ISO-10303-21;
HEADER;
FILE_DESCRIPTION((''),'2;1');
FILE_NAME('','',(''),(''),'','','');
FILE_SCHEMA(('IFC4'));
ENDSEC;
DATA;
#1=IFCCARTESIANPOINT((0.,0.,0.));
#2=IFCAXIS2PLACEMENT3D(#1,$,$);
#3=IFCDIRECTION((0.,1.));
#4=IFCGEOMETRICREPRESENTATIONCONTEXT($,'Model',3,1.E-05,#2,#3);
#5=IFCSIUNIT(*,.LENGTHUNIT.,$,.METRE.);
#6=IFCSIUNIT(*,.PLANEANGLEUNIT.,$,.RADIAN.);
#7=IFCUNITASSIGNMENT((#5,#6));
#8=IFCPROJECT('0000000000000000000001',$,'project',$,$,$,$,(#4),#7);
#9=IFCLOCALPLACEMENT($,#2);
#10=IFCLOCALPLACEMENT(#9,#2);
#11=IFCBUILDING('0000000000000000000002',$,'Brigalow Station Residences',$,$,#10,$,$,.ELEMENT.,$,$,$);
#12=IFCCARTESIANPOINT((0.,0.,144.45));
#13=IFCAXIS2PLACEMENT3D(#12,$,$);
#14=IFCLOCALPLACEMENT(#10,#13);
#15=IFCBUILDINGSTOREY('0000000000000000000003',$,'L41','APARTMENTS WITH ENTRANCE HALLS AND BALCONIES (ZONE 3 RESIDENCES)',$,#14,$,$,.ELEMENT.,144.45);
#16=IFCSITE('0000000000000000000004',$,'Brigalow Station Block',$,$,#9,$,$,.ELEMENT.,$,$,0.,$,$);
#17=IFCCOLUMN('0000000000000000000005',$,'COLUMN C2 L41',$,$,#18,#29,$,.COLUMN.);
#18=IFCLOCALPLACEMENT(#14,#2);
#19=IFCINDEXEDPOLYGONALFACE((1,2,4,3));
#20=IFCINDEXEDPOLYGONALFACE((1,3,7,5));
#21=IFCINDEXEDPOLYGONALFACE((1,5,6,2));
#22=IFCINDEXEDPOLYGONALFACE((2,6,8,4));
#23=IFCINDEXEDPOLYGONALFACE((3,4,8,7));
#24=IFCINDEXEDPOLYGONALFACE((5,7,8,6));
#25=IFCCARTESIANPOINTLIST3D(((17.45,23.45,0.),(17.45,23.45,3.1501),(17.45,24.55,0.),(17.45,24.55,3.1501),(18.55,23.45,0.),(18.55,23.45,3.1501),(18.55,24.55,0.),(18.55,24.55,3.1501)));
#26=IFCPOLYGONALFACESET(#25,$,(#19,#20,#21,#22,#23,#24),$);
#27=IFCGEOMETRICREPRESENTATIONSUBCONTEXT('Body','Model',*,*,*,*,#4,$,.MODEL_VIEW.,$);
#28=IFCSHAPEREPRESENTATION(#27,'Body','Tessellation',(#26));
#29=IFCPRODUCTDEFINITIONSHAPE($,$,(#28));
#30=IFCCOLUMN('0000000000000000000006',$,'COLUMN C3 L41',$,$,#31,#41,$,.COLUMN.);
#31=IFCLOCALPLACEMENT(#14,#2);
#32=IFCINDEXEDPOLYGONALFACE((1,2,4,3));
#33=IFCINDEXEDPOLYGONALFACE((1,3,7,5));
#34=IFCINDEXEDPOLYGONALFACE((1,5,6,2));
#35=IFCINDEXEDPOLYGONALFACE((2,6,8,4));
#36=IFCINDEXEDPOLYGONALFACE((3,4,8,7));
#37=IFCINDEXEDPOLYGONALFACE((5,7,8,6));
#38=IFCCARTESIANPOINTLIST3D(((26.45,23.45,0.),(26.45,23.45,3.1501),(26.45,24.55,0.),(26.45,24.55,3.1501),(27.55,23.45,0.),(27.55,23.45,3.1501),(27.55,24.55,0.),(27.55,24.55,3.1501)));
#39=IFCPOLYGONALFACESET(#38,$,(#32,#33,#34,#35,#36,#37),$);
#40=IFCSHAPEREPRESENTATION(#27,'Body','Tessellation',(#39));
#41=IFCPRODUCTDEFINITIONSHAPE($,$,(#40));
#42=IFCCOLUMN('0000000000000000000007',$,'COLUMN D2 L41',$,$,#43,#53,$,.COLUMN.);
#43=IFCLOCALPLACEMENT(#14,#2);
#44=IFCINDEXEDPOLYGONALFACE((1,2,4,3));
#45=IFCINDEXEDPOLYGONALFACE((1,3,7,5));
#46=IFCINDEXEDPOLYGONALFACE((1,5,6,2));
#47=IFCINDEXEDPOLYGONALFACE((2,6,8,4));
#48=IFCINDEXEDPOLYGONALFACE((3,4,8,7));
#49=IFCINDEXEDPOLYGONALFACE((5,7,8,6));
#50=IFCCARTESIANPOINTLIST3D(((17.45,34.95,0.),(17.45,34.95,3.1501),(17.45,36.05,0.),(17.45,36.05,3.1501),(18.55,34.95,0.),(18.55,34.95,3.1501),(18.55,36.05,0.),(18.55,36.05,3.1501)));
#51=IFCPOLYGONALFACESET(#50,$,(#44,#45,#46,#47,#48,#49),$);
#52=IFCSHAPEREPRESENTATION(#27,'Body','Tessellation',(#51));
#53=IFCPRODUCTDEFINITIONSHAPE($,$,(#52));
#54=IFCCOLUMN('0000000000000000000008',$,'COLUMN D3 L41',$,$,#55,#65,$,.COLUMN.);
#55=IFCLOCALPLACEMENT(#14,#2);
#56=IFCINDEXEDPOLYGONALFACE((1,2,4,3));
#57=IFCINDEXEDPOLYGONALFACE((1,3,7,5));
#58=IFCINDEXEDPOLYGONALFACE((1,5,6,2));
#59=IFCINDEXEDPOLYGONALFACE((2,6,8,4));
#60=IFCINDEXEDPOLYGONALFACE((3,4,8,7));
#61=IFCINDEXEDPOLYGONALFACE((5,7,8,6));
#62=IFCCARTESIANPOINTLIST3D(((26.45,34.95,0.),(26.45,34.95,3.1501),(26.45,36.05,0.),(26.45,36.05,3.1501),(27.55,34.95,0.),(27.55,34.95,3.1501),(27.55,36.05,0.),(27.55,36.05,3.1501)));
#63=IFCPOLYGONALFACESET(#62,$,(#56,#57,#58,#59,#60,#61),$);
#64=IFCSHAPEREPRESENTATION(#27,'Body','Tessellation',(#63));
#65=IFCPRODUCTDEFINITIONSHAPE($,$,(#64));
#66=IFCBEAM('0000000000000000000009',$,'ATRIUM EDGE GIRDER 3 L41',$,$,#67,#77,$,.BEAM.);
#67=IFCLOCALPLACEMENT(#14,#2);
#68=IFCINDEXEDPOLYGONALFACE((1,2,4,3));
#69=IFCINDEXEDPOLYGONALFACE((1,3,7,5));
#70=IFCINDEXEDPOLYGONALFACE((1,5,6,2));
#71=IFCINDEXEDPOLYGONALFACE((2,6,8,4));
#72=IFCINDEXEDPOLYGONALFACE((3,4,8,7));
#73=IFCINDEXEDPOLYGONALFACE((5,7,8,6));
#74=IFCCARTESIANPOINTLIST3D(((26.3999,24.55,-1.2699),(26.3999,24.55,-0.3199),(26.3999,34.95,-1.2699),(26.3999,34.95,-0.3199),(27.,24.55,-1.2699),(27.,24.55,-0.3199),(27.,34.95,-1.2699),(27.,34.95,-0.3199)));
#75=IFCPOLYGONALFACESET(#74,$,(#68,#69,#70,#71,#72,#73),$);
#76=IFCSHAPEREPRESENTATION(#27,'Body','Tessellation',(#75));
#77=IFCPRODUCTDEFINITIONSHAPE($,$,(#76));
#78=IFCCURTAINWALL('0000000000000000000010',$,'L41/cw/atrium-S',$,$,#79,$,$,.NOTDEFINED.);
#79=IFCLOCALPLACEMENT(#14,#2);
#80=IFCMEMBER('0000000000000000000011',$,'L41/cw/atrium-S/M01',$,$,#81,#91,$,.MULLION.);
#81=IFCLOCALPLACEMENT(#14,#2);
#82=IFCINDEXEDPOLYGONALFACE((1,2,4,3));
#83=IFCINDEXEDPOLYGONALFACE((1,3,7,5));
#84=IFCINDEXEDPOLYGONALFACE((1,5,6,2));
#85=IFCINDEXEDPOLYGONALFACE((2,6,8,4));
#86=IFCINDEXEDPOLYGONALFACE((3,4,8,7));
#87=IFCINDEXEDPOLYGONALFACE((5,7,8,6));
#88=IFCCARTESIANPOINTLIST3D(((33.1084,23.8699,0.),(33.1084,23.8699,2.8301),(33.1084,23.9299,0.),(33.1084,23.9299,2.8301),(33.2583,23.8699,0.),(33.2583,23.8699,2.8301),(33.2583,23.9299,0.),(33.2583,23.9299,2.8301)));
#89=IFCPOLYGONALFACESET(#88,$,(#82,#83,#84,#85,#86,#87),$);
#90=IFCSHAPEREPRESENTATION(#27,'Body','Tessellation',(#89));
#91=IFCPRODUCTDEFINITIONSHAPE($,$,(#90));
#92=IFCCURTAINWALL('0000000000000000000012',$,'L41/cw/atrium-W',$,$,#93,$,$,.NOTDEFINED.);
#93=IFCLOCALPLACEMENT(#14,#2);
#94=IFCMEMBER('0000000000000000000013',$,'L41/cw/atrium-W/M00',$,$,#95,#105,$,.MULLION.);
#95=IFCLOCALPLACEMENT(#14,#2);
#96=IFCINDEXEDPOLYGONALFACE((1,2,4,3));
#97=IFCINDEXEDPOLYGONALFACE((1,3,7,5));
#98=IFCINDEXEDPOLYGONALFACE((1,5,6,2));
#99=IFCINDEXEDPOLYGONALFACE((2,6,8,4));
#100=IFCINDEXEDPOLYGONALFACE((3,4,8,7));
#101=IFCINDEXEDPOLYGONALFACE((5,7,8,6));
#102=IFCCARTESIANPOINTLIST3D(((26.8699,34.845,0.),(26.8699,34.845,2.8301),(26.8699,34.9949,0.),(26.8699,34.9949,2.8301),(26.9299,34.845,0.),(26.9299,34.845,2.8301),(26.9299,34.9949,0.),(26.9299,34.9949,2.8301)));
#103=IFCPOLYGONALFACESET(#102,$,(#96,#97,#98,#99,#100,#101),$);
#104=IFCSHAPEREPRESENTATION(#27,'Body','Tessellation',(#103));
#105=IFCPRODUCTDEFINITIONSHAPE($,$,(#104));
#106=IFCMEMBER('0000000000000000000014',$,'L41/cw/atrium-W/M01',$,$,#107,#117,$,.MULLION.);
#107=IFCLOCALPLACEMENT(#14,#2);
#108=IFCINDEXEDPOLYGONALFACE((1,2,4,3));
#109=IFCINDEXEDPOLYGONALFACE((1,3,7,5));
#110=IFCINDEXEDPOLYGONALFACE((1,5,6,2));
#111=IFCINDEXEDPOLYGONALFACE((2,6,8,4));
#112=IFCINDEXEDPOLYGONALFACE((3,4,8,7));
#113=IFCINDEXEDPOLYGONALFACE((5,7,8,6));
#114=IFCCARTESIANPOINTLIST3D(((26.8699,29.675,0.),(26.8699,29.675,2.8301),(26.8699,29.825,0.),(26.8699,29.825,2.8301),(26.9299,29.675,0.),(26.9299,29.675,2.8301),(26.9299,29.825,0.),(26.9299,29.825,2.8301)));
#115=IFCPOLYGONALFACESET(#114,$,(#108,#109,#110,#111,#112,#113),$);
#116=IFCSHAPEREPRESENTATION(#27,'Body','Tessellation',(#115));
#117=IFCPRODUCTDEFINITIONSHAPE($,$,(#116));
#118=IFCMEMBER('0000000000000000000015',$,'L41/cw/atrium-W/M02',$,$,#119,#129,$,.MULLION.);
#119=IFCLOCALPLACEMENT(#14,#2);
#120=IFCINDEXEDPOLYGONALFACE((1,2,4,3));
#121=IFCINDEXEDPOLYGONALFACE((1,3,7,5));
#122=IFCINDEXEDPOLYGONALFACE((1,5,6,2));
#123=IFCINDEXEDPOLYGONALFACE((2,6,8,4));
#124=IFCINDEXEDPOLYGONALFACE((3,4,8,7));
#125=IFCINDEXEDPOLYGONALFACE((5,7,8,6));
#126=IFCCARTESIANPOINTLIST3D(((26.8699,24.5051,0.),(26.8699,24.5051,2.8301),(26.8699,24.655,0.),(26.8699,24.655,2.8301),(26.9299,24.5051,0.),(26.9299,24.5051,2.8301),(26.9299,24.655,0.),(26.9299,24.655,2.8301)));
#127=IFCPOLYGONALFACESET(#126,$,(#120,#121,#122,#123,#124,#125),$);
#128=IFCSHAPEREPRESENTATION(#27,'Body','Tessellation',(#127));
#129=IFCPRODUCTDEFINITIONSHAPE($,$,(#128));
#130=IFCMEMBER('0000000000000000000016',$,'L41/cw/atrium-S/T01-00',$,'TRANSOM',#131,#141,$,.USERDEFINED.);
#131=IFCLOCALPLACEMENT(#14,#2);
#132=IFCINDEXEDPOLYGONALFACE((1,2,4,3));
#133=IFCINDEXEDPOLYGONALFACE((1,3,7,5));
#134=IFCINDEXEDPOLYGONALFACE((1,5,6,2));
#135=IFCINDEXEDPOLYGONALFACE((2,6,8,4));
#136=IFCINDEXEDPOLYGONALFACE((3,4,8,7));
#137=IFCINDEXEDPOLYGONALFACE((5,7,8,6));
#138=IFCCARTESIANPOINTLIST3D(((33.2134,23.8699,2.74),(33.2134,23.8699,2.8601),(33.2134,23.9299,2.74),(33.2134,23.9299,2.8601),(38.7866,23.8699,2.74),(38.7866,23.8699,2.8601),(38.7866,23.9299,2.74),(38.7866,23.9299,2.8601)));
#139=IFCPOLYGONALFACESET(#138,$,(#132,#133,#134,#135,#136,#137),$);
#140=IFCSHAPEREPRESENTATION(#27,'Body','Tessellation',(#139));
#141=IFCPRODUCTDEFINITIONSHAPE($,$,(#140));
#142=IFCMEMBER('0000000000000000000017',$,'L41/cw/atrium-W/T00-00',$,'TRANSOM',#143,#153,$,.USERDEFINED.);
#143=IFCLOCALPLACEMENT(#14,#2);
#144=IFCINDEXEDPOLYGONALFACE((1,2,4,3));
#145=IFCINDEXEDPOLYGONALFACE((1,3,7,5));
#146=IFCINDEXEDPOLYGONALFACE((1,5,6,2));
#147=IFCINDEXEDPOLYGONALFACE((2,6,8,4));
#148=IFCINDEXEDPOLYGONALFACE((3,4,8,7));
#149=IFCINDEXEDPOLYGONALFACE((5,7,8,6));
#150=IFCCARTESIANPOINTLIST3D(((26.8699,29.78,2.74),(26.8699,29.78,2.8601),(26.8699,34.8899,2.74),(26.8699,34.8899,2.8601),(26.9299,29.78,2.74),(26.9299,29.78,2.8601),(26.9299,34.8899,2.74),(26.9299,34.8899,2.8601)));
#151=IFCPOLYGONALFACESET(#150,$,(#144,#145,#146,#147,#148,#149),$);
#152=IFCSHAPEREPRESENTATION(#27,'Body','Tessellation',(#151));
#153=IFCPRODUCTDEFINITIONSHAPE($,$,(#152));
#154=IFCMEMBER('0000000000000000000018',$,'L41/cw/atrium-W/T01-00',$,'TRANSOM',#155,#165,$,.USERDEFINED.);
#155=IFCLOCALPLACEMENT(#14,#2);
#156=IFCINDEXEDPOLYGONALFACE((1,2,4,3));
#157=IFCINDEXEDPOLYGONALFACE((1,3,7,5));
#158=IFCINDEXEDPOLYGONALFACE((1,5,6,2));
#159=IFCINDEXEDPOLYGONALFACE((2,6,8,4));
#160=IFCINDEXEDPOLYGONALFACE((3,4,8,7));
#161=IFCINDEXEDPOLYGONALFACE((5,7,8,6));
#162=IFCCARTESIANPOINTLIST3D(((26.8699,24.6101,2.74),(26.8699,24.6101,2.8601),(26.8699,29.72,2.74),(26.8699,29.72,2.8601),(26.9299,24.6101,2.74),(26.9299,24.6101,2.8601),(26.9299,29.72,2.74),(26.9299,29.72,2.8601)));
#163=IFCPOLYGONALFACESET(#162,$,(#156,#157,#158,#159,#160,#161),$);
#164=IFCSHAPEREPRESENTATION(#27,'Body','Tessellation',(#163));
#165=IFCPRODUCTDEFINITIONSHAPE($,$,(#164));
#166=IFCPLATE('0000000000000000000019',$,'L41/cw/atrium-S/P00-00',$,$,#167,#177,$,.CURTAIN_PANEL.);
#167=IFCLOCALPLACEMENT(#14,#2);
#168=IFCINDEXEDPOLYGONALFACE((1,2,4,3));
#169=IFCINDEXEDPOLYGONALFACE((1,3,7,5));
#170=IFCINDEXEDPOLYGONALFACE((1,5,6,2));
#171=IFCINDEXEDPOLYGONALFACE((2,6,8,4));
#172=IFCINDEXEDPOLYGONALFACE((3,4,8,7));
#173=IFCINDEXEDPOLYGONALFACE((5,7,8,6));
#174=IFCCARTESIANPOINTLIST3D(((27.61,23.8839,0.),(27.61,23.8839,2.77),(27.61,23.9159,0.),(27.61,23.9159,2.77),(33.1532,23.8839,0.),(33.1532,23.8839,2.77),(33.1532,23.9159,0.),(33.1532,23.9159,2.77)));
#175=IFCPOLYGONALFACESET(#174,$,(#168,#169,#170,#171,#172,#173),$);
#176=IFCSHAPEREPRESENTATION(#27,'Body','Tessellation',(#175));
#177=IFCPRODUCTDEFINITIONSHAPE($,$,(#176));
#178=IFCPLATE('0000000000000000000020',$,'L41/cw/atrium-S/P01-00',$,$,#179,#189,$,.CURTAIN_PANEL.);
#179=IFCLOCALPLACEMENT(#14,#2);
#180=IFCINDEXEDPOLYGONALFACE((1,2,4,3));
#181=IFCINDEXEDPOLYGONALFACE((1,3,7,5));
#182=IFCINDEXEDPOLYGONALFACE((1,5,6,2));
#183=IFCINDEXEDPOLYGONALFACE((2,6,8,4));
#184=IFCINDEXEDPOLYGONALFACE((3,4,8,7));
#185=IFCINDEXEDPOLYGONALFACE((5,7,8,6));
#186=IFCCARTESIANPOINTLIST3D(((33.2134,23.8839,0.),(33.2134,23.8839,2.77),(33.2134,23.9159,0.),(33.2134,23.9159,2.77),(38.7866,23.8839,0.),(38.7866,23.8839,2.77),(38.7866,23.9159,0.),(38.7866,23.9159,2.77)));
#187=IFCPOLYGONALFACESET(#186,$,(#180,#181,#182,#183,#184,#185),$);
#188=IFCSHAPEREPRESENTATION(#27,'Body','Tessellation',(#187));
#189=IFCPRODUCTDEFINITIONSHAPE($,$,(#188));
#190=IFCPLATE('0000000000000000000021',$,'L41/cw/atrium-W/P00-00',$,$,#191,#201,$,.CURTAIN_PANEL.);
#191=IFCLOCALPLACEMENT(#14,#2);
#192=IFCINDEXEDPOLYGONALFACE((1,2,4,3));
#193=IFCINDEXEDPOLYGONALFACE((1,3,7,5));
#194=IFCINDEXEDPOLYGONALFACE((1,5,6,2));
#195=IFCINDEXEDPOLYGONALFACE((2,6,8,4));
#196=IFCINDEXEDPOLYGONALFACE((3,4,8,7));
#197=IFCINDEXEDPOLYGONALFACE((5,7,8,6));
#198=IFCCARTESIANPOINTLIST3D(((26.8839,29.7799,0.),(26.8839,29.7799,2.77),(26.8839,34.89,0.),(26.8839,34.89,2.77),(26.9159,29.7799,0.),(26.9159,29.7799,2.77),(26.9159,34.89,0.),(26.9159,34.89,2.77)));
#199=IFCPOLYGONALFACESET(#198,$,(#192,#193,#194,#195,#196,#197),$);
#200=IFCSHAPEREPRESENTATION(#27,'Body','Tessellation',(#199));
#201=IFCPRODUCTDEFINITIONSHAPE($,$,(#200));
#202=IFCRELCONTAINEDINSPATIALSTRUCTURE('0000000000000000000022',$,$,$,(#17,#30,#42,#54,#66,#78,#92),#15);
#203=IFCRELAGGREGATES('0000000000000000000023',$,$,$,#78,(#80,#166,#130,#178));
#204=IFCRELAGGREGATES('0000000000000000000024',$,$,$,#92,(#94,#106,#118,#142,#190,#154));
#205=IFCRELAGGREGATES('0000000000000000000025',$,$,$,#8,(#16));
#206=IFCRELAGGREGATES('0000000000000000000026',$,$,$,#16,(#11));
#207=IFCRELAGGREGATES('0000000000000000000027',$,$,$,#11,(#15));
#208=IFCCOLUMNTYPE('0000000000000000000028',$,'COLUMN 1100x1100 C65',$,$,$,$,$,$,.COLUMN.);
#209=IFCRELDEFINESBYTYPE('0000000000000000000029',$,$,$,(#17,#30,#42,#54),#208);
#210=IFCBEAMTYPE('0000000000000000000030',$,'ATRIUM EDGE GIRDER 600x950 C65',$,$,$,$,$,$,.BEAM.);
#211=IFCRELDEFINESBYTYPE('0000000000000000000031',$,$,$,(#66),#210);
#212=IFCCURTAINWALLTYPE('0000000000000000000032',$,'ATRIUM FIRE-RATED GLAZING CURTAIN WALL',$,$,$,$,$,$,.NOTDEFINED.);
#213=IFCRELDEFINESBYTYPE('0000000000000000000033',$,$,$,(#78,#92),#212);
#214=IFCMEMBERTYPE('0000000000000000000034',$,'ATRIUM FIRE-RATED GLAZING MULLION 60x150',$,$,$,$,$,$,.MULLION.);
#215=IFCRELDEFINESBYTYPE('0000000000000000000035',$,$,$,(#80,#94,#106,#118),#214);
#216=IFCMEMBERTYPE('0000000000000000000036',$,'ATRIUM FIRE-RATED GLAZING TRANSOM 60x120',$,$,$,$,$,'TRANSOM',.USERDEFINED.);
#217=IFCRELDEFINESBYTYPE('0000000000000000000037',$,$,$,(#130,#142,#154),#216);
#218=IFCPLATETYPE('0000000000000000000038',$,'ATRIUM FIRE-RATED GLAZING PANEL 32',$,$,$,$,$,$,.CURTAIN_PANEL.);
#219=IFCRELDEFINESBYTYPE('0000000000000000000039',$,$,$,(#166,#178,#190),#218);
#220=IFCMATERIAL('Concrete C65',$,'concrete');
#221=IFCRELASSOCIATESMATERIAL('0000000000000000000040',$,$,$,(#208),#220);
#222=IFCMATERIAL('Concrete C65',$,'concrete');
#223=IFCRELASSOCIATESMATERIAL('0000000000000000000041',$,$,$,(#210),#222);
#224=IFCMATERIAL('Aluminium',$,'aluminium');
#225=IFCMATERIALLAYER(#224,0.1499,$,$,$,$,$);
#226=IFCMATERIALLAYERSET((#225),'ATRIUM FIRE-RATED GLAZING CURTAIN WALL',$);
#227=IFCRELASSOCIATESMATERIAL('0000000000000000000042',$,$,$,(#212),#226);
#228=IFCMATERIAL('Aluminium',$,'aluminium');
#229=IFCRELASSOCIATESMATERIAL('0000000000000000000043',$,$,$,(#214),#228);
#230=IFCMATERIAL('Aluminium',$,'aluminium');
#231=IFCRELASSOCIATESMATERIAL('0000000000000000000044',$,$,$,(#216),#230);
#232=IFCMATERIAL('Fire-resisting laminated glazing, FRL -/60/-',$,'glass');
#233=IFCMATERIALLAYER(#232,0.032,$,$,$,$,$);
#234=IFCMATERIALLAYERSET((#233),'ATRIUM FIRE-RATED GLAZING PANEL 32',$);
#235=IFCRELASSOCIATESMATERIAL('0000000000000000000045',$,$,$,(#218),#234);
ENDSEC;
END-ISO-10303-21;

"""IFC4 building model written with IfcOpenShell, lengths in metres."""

from ifc_helpers import new_model, si_unit, direction, frame, origin, origin_2d, place, context, subcontext, project, spatial, rectangle, extrude, material, layer, layer_set, material_profile, profile_set, type_object, element, aggregate, save


model = new_model("IFC4")

# Units and contexts
model_context = context("Model", 3, precision=1e-05, world=origin(), true_north=direction((0.0, 1.0)))
body_context = subcontext(model_context, "Body", "Model", "MODEL_VIEW")
ifc_project = project(units=[si_unit("LENGTHUNIT", "METRE"), si_unit("PLANEANGLEUNIT", "RADIAN")], contexts=[model_context])

# Site, building, storey
site_placement = place(None, origin())
site = spatial("IfcSite", under=ifc_project, at=site_placement, Name="Brigalow Station Block", CompositionType="ELEMENT", RefElevation=0.0)
building_placement = place(site_placement, origin())
building = spatial("IfcBuilding", under=site, at=building_placement, Name="Brigalow Station Residences", CompositionType="ELEMENT")
storey_placement = place(building_placement, frame((0.0, 0.0, 144.45)))
storey = spatial("IfcBuildingStorey", under=building, at=storey_placement, Name="L41", Description="APARTMENTS WITH ENTRANCE HALLS AND BALCONIES (ZONE 3 RESIDENCES)", CompositionType="ELEMENT", Elevation=144.45)

# Columns
ifc_material_1 = material(Name="Concrete C65", Category="concrete")
ifc_material_profile_1 = material_profile(ifc_material_1, rectangle(XDim=1.1001, YDim=1.1001, at=origin_2d()), Name="RC1100x1100")
ifc_profile_set_1 = profile_set([ifc_material_profile_1], Name="Concrete C65")
column_type = type_object("IfcColumnType", Name="COLUMN 1100x1100 C65", PredefinedType="COLUMN", material=ifc_profile_set_1)
for number, where, z_axis, x_axis, name in (
    (1, (18.0, 24.0, 0.0), (0.0, 0.0, 1.0), (1.0, 0.0, 0.0), "COLUMN C2 L41"),
    (2, (27.0, 24.0, 0.0), (0.0, 0.0, 1.0), (1.0, 0.0, 0.0), "COLUMN C3 L41"),
    (3, (18.0, 35.5, 0.0), (0.0, 0.0, 1.0), (1.0, 0.0, 0.0), "COLUMN D2 L41"),
    (4, (27.0, 35.5, 0.0), (0.0, 0.0, 1.0), (1.0, 0.0, 0.0), "COLUMN D3 L41"),
):
    element("IfcColumn", number, at=place(storey_placement, frame(where, z_axis=z_axis, x_axis=x_axis)), inside=storey, type_object=column_type, Name=name, PredefinedType="COLUMN", context=body_context, shape_type="SweptSolid", body=[
        extrude(rectangle(XDim=1.1001, YDim=1.1001, at=origin_2d()), origin(), (0.0, 0.0, 1.0), 3.1501),
    ])

# Beam
ifc_material_2 = material(Name="Concrete C65", Category="concrete")
ifc_material_profile_2 = material_profile(ifc_material_2, rectangle(XDim=0.6001, YDim=0.95, at=origin_2d()), Name="RC600x950")
ifc_profile_set_2 = profile_set([ifc_material_profile_2], Name="Concrete C65")
beam_type = type_object("IfcBeamType", Name="ATRIUM EDGE GIRDER 600x950 C65", PredefinedType="BEAM", material=ifc_profile_set_2)
beam_placement = place(storey_placement, frame((26.7, 24.55, -0.7949), z_axis=(0.0, 1.0, 0.0), x_axis=(-1.0, 0.0, 0.0)))
element("IfcBeam", 5, at=beam_placement, inside=storey, type_object=beam_type, Name="ATRIUM EDGE GIRDER 3 L41", PredefinedType="BEAM", context=body_context, shape_type="SweptSolid", body=[
    extrude(rectangle(XDim=0.6001, YDim=0.95, at=origin_2d()), origin(), (0.0, 0.0, 1.0), 10.3999),
])

# Curtain wall, member
ifc_material_3 = material(Name="Aluminium", Category="aluminium")
ifc_layer_1 = layer(ifc_material_3, 0.1499)
ifc_layer_set_1 = layer_set([ifc_layer_1], Name="ATRIUM FIRE-RATED GLAZING CURTAIN WALL")
curtain_wall_type = type_object("IfcCurtainWallType", Name="ATRIUM FIRE-RATED GLAZING CURTAIN WALL", PredefinedType="NOTDEFINED", material=ifc_layer_set_1)
curtain_wall_1_placement = place(storey_placement, origin())
curtain_wall_1 = element("IfcCurtainWall", 6, at=curtain_wall_1_placement, inside=storey, type_object=curtain_wall_type, Name="L41/cw/atrium-S", PredefinedType="NOTDEFINED")
ifc_material_4 = material(Name="Aluminium", Category="aluminium")
ifc_material_profile_3 = material_profile(ifc_material_4, rectangle(XDim=0.0601, YDim=0.1499, at=origin_2d()), Name="ATRIUM FIRE-RATED GLAZING MULLION 60x150")
ifc_profile_set_3 = profile_set([ifc_material_profile_3], Name="Aluminium")
member_type_1 = type_object("IfcMemberType", Name="ATRIUM FIRE-RATED GLAZING MULLION 60x150", PredefinedType="MULLION", material=ifc_profile_set_3)
member_1_placement = place(storey_placement, frame((33.1833, 23.8999, 0.0), z_axis=(0.0, 0.0, 1.0), x_axis=(0.0, 1.0, 0.0)))
member_1 = element("IfcMember", 7, at=member_1_placement, type_object=member_type_1, Name="L41/cw/atrium-S/M01", PredefinedType="MULLION", context=body_context, shape_type="SweptSolid", body=[
    extrude(rectangle(XDim=0.0601, YDim=0.1499, at=origin_2d()), origin(), (0.0, 0.0, 1.0), 2.8301),
])

# Curtain wall, members
curtain_wall_2_placement = place(storey_placement, origin())
curtain_wall_2 = element("IfcCurtainWall", 8, at=curtain_wall_2_placement, inside=storey, type_object=curtain_wall_type, Name="L41/cw/atrium-W", PredefinedType="NOTDEFINED")
member_2_placement = place(storey_placement, frame((26.8999, 34.9199, 0.0), z_axis=(0.0, 0.0, 1.0), x_axis=(1.0, 0.0, 0.0)))
member_2 = element("IfcMember", 9, at=member_2_placement, type_object=member_type_1, Name="L41/cw/atrium-W/M00", PredefinedType="MULLION", context=body_context, shape_type="SweptSolid", body=[
    extrude(rectangle(XDim=0.0601, YDim=0.1499, at=origin_2d()), origin(), (0.0, 0.0, 1.0), 2.8301),
])
member_3_placement = place(storey_placement, frame((26.8999, 29.75, 0.0), z_axis=(0.0, 0.0, 1.0), x_axis=(1.0, 0.0, 0.0)))
member_3 = element("IfcMember", 10, at=member_3_placement, type_object=member_type_1, Name="L41/cw/atrium-W/M01", PredefinedType="MULLION", context=body_context, shape_type="SweptSolid", body=[
    extrude(rectangle(XDim=0.0601, YDim=0.1499, at=origin_2d()), origin(), (0.0, 0.0, 1.0), 2.8301),
])
member_4_placement = place(storey_placement, frame((26.8999, 24.5801, 0.0), z_axis=(0.0, 0.0, 1.0), x_axis=(1.0, 0.0, 0.0)))
member_4 = element("IfcMember", 11, at=member_4_placement, type_object=member_type_1, Name="L41/cw/atrium-W/M02", PredefinedType="MULLION", context=body_context, shape_type="SweptSolid", body=[
    extrude(rectangle(XDim=0.0601, YDim=0.1499, at=origin_2d()), origin(), (0.0, 0.0, 1.0), 2.8301),
])

# Members
ifc_material_5 = material(Name="Aluminium", Category="aluminium")
ifc_material_profile_4 = material_profile(ifc_material_5, rectangle(XDim=0.0601, YDim=0.1201, at=origin_2d()), Name="ATRIUM FIRE-RATED GLAZING TRANSOM 60x120")
ifc_profile_set_4 = profile_set([ifc_material_profile_4], Name="Aluminium")
member_type_2 = type_object("IfcMemberType", Name="ATRIUM FIRE-RATED GLAZING TRANSOM 60x120", ElementType="TRANSOM", PredefinedType="USERDEFINED", material=ifc_profile_set_4)
member_5_placement = place(storey_placement, frame((33.2134, 23.8999, 2.8), z_axis=(1.0, 0.0, 0.0), x_axis=(0.0, 1.0, 0.0)))
member_5 = element("IfcMember", 12, at=member_5_placement, type_object=member_type_2, Name="L41/cw/atrium-S/T01-00", ObjectType="TRANSOM", PredefinedType="USERDEFINED", context=body_context, shape_type="SweptSolid", body=[
    extrude(rectangle(XDim=0.0601, YDim=0.1201, at=origin_2d()), origin(), (0.0, 0.0, 1.0), 5.5732),
])
member_6_placement = place(storey_placement, frame((26.8999, 34.8899, 2.8), z_axis=(0.0, -1.0, 0.0), x_axis=(1.0, 0.0, 0.0)))
member_6 = element("IfcMember", 13, at=member_6_placement, type_object=member_type_2, Name="L41/cw/atrium-W/T00-00", ObjectType="TRANSOM", PredefinedType="USERDEFINED", context=body_context, shape_type="SweptSolid", body=[
    extrude(rectangle(XDim=0.0601, YDim=0.1201, at=origin_2d()), origin(), (0.0, 0.0, 1.0), 5.1099),
])
member_7_placement = place(storey_placement, frame((26.8999, 29.72, 2.8), z_axis=(0.0, -1.0, 0.0), x_axis=(1.0, 0.0, 0.0)))
member_7 = element("IfcMember", 14, at=member_7_placement, type_object=member_type_2, Name="L41/cw/atrium-W/T01-00", ObjectType="TRANSOM", PredefinedType="USERDEFINED", context=body_context, shape_type="SweptSolid", body=[
    extrude(rectangle(XDim=0.0601, YDim=0.1201, at=origin_2d()), origin(), (0.0, 0.0, 1.0), 5.1099),
])

# Plates
ifc_material_6 = material(Name="Fire-resisting laminated glazing, FRL -/60/-", Category="glass")
ifc_layer_2 = layer(ifc_material_6, 0.032)
ifc_layer_set_2 = layer_set([ifc_layer_2], Name="ATRIUM FIRE-RATED GLAZING PANEL 32")
plate_type = type_object("IfcPlateType", Name="ATRIUM FIRE-RATED GLAZING PANEL 32", PredefinedType="CURTAIN_PANEL", material=ifc_layer_set_2)
plate_1_placement = place(storey_placement, frame((30.3816, 23.8999, 0.0), z_axis=(0.0, 0.0, 1.0), x_axis=(1.0, 0.0, 0.0)))
plate_1 = element("IfcPlate", 15, at=plate_1_placement, type_object=plate_type, Name="L41/cw/atrium-S/P00-00", PredefinedType="CURTAIN_PANEL", context=body_context, shape_type="SweptSolid", body=[
    extrude(rectangle(XDim=5.5432, YDim=0.032, at=origin_2d()), origin(), (0.0, 0.0, 1.0), 2.77),
])
plate_2_placement = place(storey_placement, frame((36.0, 23.8999, 0.0), z_axis=(0.0, 0.0, 1.0), x_axis=(1.0, 0.0, 0.0)))
plate_2 = element("IfcPlate", 16, at=plate_2_placement, type_object=plate_type, Name="L41/cw/atrium-S/P01-00", PredefinedType="CURTAIN_PANEL", context=body_context, shape_type="SweptSolid", body=[
    extrude(rectangle(XDim=5.5732, YDim=0.032, at=origin_2d()), origin(), (0.0, 0.0, 1.0), 2.77),
])
aggregate(curtain_wall_1, [member_1, plate_1, member_5, plate_2])
plate_3_placement = place(storey_placement, frame((26.8999, 32.335, 0.0), z_axis=(0.0, 0.0, 1.0), x_axis=(0.0, -1.0, 0.0)))
plate_3 = element("IfcPlate", 17, at=plate_3_placement, type_object=plate_type, Name="L41/cw/atrium-W/P00-00", PredefinedType="CURTAIN_PANEL", context=body_context, shape_type="SweptSolid", body=[
    extrude(rectangle(XDim=5.1101, YDim=0.032, at=origin_2d()), origin(), (0.0, 0.0, 1.0), 2.77),
])
aggregate(curtain_wall_2, [member_2, member_3, member_4, member_6, plate_3, member_7])

save(model, "model.ifc")
